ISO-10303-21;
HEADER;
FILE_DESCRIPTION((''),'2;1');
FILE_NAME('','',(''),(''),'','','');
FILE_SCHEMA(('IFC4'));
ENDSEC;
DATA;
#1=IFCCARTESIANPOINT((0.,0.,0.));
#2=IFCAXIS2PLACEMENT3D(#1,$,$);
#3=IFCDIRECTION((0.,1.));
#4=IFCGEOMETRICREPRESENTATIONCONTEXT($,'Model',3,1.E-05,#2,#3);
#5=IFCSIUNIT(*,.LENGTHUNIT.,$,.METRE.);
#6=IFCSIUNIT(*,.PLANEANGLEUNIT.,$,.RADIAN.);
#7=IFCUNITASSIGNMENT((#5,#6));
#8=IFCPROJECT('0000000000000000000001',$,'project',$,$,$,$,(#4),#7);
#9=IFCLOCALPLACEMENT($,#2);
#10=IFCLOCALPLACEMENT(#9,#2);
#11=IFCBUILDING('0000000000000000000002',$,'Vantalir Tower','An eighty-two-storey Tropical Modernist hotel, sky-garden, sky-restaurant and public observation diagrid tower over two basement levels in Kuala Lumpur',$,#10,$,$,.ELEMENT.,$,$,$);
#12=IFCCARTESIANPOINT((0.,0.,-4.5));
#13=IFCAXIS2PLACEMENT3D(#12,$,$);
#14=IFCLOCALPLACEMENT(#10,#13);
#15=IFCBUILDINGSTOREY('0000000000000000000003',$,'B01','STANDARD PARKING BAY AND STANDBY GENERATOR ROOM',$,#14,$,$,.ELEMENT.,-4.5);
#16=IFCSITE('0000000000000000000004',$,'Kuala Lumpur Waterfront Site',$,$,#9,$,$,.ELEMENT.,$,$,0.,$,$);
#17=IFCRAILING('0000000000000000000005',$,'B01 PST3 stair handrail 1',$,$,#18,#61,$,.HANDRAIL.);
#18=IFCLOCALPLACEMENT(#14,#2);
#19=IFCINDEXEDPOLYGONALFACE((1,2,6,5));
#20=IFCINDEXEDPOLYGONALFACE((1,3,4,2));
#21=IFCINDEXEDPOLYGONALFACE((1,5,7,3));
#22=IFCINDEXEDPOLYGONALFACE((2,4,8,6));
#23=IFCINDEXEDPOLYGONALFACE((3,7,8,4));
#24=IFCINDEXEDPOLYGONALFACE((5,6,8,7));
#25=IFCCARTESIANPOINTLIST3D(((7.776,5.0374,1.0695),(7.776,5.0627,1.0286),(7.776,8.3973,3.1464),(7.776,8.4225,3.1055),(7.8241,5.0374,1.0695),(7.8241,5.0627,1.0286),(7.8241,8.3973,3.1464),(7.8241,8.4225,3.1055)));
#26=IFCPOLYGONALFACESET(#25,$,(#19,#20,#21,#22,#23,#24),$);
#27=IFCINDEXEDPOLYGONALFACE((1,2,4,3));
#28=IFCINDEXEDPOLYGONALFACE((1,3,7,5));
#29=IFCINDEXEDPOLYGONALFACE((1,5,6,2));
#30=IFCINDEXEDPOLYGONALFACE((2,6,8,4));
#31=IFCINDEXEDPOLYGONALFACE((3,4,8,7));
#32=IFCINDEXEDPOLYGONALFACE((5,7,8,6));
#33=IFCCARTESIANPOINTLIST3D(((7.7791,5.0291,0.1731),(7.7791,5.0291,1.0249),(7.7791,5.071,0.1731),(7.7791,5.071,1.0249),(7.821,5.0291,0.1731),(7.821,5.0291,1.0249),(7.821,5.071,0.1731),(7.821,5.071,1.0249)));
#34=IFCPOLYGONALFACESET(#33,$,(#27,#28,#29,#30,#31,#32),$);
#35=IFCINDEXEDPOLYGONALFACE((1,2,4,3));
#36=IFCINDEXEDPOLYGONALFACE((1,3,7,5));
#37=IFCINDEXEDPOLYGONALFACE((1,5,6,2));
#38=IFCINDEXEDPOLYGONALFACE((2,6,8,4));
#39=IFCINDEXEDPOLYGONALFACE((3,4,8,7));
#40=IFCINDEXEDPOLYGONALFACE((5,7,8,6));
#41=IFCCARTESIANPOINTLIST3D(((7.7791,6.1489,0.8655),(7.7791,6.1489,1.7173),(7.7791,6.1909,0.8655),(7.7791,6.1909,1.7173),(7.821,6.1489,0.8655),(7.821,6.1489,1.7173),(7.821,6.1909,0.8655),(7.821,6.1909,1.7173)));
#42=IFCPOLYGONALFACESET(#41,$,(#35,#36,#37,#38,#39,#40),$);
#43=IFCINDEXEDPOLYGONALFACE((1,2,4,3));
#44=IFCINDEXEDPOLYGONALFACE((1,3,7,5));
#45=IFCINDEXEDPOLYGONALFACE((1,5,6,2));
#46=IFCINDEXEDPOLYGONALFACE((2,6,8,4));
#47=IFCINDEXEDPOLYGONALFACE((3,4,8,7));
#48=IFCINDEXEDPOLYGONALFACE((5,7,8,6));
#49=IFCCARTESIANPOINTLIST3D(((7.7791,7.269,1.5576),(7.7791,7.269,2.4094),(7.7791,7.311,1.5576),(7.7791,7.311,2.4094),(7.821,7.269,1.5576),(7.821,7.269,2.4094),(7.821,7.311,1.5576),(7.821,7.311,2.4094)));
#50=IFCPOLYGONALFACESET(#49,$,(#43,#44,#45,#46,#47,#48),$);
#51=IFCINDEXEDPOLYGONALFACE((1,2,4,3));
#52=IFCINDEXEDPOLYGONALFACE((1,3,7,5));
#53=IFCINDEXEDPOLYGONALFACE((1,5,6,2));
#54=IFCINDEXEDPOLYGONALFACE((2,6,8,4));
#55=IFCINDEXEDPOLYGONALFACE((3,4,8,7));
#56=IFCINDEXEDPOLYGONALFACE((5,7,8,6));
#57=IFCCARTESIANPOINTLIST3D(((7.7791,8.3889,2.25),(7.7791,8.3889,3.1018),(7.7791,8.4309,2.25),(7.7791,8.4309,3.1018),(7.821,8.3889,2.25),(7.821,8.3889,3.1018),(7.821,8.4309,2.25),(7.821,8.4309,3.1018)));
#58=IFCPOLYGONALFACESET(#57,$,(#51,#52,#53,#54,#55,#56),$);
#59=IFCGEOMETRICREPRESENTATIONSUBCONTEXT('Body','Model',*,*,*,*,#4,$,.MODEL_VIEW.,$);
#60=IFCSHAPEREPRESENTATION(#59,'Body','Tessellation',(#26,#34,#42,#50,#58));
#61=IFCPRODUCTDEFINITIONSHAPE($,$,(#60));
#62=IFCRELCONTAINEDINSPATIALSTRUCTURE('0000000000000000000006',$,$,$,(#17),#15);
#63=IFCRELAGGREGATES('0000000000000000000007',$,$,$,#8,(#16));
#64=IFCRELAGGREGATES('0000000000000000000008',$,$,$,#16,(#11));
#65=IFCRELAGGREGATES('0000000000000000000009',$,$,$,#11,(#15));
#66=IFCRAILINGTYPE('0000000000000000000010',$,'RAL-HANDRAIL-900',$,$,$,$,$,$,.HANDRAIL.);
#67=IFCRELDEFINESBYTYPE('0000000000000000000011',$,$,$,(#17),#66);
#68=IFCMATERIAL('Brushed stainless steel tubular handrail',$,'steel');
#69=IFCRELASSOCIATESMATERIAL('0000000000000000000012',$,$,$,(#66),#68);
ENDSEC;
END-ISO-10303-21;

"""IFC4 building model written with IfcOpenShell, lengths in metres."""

from ifc_helpers import new_model, si_unit, direction, frame, origin, origin_2d, place, context, subcontext, project, spatial, rectangle, extrude, material, type_object, element, save


model = new_model("IFC4")

# Units and contexts
model_context = context("Model", 3, precision=1e-05, world=origin(), true_north=direction((0.0, 1.0)))
body_context = subcontext(model_context, "Body", "Model", "MODEL_VIEW")
ifc_project = project(units=[si_unit("LENGTHUNIT", "METRE"), si_unit("PLANEANGLEUNIT", "RADIAN")], contexts=[model_context])

# Site, building, storey
site_placement = place(None, origin())
site = spatial("IfcSite", under=ifc_project, at=site_placement, Name="Kuala Lumpur Waterfront Site", CompositionType="ELEMENT", RefElevation=0.0)
building_placement = place(site_placement, origin())
building = spatial("IfcBuilding", under=site, at=building_placement, Name="Vantalir Tower", Description="An eighty-two-storey Tropical Modernist hotel, sky-garden, sky-restaurant and public observation diagrid tower over two basement levels in Kuala Lumpur", CompositionType="ELEMENT")
storey_placement = place(building_placement, frame((0.0, 0.0, -4.5)))
storey = spatial("IfcBuildingStorey", under=building, at=storey_placement, Name="B01", Description="STANDARD PARKING BAY AND STANDBY GENERATOR ROOM", CompositionType="ELEMENT", Elevation=-4.5)

# Railing
ifc_material_1 = material(Name="Brushed stainless steel tubular handrail", Category="steel")
railing_type_1 = type_object("IfcRailingType", Name="RAL-HANDRAIL-900", PredefinedType="HANDRAIL", material=ifc_material_1)
railing_1_placement = place(storey_placement, frame((7.8, 5.05, 0.1731)))
element("IfcRailing", 1, at=railing_1_placement, inside=storey, type_object=railing_type_1, Name="B01 PST3 stair handrail 1", PredefinedType="HANDRAIL", context=body_context, shape_type="SweptSolid", body=[
    extrude(rectangle(XDim=0.0481, YDim=0.0481, at=origin_2d()), frame((0.0, 0.0, 0.876), z_axis=(0.0, 0.850606, 0.525803), x_axis=(-1.0, 0.0, 0.0)), (0.0, 0.0, 1.0), 3.95),
    extrude(rectangle(XDim=0.042, YDim=0.042, at=origin_2d()), origin(), (0.0, 0.0, 1.0), 0.8518),
    extrude(rectangle(XDim=0.042, YDim=0.042, at=origin_2d()), frame((0.0, 1.1199, 0.6924)), (0.0, 0.0, 1.0), 0.8518),
    extrude(rectangle(XDim=0.042, YDim=0.042, at=origin_2d()), frame((0.0, 2.24, 1.3845)), (0.0, 0.0, 1.0), 0.8518),
    extrude(rectangle(XDim=0.042, YDim=0.042, at=origin_2d()), frame((0.0, 3.3599, 2.0769)), (0.0, 0.0, 1.0), 0.8518),
])

save(model, "model.ifc")
